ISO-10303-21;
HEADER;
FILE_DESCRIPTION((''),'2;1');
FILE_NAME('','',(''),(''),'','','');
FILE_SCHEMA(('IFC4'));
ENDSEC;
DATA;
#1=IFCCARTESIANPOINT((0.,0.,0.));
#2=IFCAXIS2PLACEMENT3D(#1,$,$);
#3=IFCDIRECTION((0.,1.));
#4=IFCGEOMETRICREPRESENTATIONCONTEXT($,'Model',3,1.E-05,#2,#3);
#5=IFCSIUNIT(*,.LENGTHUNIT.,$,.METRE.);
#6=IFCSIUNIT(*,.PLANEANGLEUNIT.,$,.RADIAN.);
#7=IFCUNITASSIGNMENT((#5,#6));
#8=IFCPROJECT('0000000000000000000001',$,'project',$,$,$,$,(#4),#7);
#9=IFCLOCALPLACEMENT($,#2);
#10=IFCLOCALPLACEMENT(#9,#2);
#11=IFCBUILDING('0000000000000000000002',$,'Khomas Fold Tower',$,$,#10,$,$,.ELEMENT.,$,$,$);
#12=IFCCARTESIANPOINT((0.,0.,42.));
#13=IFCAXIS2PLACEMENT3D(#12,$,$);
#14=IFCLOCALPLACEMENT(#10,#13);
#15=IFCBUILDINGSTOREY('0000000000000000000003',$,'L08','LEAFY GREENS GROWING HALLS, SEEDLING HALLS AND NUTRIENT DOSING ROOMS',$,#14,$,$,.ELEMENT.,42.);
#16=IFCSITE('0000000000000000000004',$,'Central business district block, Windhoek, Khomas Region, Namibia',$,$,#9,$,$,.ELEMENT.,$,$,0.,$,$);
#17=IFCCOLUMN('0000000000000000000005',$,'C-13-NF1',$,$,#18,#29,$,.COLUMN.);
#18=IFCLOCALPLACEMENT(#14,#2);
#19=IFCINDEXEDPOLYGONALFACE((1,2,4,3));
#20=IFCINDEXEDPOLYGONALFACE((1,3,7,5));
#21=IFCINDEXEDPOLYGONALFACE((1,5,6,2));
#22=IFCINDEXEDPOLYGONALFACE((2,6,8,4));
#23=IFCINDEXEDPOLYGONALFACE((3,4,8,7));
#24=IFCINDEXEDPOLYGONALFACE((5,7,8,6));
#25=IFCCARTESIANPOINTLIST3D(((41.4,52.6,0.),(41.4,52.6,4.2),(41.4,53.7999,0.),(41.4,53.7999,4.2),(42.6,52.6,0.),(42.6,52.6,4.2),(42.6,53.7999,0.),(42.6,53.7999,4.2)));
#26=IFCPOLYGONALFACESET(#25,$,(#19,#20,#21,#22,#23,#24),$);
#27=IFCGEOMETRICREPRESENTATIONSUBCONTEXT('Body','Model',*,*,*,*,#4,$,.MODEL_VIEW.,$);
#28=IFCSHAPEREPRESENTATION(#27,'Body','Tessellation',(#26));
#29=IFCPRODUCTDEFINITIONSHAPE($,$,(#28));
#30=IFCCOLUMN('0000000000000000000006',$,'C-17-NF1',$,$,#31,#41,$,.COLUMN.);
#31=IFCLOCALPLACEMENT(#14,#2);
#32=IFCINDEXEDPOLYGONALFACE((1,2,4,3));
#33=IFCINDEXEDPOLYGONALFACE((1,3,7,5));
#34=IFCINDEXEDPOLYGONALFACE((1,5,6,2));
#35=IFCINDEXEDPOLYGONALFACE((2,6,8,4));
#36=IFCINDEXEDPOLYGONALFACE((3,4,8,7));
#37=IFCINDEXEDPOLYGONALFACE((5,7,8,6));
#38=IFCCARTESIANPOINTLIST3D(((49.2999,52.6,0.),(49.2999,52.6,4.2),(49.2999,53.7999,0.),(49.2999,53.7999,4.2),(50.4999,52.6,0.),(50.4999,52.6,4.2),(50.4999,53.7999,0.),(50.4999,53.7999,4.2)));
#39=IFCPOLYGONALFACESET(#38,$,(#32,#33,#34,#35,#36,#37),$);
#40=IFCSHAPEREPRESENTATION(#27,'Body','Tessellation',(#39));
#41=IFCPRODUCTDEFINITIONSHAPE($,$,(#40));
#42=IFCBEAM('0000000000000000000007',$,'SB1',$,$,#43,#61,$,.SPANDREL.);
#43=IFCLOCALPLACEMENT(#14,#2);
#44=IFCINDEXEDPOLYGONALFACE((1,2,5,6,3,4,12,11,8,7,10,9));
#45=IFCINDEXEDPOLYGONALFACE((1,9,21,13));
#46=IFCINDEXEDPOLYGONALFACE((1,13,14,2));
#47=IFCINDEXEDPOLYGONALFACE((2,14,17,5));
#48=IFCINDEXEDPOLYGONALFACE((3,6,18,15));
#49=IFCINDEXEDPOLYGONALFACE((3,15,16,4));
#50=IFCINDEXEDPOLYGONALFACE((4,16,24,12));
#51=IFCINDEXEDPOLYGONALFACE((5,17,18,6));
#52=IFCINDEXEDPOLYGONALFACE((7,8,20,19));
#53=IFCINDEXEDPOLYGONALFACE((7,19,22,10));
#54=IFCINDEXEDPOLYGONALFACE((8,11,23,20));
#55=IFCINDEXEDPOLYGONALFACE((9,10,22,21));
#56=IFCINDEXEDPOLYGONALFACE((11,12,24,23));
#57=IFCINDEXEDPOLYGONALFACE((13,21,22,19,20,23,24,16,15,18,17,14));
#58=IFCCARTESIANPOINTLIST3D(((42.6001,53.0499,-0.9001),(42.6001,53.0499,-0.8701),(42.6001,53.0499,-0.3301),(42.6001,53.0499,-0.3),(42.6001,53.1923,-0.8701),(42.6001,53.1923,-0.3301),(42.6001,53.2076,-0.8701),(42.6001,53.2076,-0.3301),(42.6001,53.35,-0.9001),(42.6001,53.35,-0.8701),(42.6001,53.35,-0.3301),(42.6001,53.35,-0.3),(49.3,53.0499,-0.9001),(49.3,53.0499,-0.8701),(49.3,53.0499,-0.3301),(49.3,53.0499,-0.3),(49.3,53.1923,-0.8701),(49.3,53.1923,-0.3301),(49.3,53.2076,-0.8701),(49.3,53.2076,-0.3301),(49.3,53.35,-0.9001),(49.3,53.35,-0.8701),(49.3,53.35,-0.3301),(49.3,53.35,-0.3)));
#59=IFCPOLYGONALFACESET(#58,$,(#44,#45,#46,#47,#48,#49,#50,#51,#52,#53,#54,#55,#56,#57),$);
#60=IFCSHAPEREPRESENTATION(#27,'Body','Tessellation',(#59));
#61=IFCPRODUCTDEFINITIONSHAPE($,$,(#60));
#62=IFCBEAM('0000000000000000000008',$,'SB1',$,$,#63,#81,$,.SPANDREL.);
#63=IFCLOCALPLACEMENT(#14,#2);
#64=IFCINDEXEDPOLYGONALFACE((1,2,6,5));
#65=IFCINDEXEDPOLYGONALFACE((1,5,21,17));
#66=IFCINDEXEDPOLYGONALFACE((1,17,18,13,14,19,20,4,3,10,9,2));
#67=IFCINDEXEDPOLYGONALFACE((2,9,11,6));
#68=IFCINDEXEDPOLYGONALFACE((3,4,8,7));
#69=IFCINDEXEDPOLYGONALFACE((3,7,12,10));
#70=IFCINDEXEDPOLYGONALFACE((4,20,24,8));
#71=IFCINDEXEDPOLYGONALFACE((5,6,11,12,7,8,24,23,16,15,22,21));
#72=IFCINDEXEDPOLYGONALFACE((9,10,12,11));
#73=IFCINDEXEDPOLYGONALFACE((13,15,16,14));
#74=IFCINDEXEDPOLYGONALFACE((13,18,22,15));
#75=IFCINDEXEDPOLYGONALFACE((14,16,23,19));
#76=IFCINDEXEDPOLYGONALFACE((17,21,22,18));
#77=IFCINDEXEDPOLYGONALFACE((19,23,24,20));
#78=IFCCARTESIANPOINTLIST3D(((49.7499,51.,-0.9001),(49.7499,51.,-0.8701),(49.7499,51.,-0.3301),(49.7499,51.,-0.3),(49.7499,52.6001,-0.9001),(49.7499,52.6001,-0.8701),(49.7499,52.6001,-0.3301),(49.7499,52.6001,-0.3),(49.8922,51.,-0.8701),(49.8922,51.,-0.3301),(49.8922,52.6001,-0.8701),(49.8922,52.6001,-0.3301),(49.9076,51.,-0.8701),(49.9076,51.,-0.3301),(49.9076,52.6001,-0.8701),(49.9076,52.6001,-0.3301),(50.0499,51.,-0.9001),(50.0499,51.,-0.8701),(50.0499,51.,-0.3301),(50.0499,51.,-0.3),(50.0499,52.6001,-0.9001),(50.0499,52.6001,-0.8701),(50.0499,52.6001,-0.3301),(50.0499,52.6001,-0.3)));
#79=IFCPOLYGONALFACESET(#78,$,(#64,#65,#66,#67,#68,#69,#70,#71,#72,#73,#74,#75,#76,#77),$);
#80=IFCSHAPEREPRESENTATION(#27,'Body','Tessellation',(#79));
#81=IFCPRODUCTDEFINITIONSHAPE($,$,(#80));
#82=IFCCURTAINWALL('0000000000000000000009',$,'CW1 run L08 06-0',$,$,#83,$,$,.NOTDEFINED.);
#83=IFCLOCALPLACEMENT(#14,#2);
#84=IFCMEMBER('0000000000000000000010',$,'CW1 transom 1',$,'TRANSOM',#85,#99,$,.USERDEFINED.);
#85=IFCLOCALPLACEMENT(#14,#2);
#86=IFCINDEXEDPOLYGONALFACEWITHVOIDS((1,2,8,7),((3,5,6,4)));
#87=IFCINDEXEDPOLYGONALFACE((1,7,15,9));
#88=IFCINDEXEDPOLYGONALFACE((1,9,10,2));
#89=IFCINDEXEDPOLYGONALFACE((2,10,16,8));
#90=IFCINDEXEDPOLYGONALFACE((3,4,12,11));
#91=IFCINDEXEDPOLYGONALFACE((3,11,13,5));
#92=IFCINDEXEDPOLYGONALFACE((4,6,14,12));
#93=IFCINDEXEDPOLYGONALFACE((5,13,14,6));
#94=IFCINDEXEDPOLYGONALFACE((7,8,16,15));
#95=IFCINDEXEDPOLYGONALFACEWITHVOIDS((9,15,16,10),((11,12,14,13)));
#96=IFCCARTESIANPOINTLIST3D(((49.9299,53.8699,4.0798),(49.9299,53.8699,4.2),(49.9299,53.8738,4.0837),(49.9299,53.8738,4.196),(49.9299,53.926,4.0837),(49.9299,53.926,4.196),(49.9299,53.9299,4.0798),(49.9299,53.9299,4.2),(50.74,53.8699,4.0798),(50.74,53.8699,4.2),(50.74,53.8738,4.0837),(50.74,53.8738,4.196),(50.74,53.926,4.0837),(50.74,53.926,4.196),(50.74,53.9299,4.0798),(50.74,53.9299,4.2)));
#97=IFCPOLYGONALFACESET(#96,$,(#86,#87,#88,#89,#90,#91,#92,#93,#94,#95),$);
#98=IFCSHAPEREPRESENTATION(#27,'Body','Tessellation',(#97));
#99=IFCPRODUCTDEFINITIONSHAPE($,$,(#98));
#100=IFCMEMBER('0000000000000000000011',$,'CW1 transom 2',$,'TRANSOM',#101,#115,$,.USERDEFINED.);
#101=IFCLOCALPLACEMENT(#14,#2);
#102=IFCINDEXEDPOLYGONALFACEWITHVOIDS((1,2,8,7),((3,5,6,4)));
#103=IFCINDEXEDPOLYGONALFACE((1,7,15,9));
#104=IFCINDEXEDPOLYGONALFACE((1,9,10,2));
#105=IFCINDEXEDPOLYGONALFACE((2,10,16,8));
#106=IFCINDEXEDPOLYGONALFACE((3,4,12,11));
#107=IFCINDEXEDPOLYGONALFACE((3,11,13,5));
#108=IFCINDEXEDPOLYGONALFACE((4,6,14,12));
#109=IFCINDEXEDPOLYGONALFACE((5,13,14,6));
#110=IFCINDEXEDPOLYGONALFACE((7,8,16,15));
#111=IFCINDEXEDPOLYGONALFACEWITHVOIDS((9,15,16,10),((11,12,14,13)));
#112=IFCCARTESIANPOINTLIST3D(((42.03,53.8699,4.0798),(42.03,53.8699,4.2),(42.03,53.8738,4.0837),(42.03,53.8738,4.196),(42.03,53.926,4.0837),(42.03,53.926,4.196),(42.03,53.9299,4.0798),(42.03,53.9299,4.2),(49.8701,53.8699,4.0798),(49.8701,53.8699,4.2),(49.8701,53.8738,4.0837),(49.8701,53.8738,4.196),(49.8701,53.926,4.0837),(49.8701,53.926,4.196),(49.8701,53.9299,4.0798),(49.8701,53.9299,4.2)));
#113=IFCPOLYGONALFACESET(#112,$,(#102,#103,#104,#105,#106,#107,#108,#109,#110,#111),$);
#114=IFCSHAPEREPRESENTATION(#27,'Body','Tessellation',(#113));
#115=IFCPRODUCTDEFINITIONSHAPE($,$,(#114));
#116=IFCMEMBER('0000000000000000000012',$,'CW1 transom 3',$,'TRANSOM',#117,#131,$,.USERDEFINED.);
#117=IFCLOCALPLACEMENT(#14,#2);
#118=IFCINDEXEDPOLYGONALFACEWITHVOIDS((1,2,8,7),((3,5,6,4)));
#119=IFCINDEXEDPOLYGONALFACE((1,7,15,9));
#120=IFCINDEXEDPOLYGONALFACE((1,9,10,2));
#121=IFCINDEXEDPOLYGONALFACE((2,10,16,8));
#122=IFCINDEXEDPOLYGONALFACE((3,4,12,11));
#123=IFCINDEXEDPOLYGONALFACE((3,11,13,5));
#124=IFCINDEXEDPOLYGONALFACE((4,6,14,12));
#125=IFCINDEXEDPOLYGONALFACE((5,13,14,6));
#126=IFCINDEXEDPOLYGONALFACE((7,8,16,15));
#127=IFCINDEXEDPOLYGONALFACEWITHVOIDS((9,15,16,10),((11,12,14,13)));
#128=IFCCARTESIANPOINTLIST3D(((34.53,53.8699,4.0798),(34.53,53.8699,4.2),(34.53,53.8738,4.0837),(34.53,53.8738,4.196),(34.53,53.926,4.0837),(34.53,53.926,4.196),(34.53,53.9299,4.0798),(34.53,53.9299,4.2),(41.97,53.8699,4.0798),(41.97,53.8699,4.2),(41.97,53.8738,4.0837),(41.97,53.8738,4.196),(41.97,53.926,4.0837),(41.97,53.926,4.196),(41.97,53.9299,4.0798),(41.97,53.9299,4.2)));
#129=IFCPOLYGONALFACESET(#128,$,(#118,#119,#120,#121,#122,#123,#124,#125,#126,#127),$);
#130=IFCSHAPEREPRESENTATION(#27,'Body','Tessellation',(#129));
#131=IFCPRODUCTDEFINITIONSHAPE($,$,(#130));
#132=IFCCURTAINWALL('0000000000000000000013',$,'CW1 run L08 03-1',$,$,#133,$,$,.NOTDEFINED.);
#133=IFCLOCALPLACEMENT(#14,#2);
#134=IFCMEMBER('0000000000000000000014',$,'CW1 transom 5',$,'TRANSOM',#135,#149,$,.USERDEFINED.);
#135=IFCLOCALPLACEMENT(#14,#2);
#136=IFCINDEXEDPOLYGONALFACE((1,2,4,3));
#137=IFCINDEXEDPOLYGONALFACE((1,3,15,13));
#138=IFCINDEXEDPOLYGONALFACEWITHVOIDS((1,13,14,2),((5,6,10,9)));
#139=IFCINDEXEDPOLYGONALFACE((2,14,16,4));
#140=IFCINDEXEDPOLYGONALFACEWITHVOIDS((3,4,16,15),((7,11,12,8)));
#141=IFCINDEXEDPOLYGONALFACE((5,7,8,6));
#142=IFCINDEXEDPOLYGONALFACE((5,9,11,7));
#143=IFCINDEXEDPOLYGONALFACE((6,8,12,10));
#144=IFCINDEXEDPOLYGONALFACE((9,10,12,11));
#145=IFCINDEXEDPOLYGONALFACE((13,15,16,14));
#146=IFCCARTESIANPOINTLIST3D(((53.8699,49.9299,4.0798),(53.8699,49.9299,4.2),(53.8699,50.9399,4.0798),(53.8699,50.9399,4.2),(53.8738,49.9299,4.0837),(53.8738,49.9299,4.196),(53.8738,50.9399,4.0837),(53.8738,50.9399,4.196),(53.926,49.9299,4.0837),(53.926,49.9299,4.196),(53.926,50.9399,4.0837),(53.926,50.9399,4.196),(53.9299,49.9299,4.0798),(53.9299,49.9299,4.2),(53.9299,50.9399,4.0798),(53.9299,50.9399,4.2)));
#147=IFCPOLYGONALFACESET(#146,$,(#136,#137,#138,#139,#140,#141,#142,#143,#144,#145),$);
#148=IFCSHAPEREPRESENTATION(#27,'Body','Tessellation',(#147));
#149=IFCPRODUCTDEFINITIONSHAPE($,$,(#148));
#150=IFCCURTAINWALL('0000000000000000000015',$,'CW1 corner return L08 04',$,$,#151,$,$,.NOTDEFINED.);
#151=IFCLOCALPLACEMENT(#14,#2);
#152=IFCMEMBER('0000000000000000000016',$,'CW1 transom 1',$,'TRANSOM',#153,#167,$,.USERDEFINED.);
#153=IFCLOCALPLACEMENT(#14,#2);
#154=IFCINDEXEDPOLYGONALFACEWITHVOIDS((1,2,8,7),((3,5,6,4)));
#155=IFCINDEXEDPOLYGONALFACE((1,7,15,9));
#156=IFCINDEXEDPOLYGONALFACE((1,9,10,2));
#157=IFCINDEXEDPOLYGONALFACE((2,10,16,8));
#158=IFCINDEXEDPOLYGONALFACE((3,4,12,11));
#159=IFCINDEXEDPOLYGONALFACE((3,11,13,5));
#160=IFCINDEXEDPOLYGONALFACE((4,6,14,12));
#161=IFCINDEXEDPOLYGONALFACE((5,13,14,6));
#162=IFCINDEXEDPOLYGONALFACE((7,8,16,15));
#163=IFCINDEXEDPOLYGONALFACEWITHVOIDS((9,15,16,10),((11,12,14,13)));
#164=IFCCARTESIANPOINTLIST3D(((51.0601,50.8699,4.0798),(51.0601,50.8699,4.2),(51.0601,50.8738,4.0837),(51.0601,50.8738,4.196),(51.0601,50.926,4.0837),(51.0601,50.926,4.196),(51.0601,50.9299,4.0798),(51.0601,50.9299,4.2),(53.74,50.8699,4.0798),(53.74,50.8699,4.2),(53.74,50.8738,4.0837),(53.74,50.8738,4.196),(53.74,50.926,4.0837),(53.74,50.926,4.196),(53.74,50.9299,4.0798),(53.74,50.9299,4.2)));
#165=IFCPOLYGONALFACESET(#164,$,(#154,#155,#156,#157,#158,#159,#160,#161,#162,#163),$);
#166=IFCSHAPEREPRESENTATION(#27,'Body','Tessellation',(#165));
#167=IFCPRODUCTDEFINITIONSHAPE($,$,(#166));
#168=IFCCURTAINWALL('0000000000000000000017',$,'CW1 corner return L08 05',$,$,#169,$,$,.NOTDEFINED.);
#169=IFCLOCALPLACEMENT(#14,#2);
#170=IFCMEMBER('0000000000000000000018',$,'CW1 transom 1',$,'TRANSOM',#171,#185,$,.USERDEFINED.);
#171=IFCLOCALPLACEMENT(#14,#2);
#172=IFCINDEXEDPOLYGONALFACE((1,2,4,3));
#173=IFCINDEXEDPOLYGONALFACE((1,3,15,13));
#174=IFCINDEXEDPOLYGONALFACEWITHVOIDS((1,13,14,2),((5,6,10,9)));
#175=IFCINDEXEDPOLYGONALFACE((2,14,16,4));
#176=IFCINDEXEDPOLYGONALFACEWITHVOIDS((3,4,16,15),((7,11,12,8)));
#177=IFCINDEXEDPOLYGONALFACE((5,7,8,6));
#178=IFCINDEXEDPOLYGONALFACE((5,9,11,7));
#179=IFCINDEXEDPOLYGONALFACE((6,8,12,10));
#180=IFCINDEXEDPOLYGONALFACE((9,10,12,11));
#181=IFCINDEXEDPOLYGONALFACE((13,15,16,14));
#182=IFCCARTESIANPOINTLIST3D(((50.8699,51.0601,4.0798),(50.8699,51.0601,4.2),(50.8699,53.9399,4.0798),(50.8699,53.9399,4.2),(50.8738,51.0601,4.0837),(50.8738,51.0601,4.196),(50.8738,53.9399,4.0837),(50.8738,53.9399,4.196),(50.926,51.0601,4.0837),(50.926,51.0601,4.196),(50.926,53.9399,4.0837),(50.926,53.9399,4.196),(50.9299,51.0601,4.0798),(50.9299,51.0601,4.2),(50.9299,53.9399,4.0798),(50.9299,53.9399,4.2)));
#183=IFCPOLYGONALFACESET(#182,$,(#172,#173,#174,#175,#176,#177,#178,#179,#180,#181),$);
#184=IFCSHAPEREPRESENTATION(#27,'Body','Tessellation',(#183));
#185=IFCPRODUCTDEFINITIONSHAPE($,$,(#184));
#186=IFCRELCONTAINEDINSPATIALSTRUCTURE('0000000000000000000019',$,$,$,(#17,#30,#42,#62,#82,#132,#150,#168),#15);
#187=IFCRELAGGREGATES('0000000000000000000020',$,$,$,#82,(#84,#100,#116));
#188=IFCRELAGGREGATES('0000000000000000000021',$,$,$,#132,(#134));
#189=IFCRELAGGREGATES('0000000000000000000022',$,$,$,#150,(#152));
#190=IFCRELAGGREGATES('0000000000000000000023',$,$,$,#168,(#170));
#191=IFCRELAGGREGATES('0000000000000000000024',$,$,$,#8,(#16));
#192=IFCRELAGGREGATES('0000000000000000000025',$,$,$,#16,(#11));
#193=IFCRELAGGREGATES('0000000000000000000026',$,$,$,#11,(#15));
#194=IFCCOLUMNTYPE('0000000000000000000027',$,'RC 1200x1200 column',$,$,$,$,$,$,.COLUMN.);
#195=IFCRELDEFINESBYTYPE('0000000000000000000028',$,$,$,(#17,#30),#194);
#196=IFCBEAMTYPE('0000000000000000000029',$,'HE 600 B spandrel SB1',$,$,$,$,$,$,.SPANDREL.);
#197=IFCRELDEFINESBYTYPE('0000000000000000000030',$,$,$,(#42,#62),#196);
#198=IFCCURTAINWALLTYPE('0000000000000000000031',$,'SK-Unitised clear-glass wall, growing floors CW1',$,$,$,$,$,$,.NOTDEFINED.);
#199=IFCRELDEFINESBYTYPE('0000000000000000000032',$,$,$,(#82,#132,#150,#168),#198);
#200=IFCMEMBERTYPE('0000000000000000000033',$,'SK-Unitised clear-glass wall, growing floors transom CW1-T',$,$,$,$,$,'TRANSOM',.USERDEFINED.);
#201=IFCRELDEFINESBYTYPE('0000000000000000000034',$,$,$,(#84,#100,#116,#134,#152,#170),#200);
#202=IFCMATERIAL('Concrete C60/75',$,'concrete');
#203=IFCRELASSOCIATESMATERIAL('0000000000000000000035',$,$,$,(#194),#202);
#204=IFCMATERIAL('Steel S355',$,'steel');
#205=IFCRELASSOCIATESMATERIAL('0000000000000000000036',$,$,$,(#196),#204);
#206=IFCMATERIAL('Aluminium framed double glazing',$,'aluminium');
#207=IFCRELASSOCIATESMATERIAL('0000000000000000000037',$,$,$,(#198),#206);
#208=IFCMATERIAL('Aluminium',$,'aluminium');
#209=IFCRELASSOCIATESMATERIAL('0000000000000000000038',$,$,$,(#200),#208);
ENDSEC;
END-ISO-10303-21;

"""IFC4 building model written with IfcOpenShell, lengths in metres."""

from ifc_helpers import new_model, si_unit, direction, frame, origin, origin_2d, place, context, subcontext, project, spatial, rectangle, hollow_rectangle, i_section, extrude, source, transform, mapped, material, material_profile, profile_set, type_object, element, aggregate, save


model = new_model("IFC4")

# Units and contexts
model_context = context("Model", 3, precision=1e-05, world=origin(), true_north=direction((0.0, 1.0)))
body_context = subcontext(model_context, "Body", "Model", "MODEL_VIEW")
ifc_project = project(units=[si_unit("LENGTHUNIT", "METRE"), si_unit("PLANEANGLEUNIT", "RADIAN")], contexts=[model_context])

# Site, building, storey
site_placement = place(None, origin())
site = spatial("IfcSite", under=ifc_project, at=site_placement, Name="Central business district block, Windhoek, Khomas Region, Namibia", CompositionType="ELEMENT", RefElevation=0.0)
building_placement = place(site_placement, origin())
building = spatial("IfcBuilding", under=site, at=building_placement, Name="Khomas Fold Tower", CompositionType="ELEMENT")
storey_placement = place(building_placement, frame((0.0, 0.0, 42.0)))
storey = spatial("IfcBuildingStorey", under=building, at=storey_placement, Name="L08", Description="LEAFY GREENS GROWING HALLS, SEEDLING HALLS AND NUTRIENT DOSING ROOMS", CompositionType="ELEMENT", Elevation=42.0)

# Columns
ifc_material_1 = material(Name="Concrete C60/75", Category="concrete")
ifc_material_profile_1 = material_profile(ifc_material_1, rectangle(XDim=1.2, YDim=1.2, at=origin_2d()), Name="RC 1200x1200")
ifc_profile_set_1 = profile_set([ifc_material_profile_1], Name="Concrete C60/75")
column_type = type_object("IfcColumnType", Name="RC 1200x1200 column", PredefinedType="COLUMN", material=ifc_profile_set_1)
shared_shape_1 = source(origin(), body_context, "Body", "SweptSolid", [
    extrude(rectangle(XDim=1.2, YDim=1.2, at=origin_2d()), origin(), (0.0, 0.0, 1.0), 4.2),
])
for number, where, z_axis, x_axis, name in (
    (1, (42.0, 53.2, 0.0), (0.0, 0.0, 1.0), (1.0, 0.0, 0.0), "C-13-NF1"),
    (2, (49.8999, 53.2, 0.0), (0.0, 0.0, 1.0), (1.0, 0.0, 0.0), "C-17-NF1"),
):
    element("IfcColumn", number, at=place(storey_placement, frame(where, z_axis=z_axis, x_axis=x_axis)), inside=storey, type_object=column_type, Name=name, PredefinedType="COLUMN", context=body_context, shape_type="MappedRepresentation", body=[
        mapped(shared_shape_1, transform((0.0, 0.0, 0.0))),
    ])

# Beams
ifc_material_2 = material(Name="Steel S355", Category="steel")
ifc_material_profile_2 = material_profile(ifc_material_2, i_section(OverallWidth=0.3, OverallDepth=0.6001, WebThickness=0.0154, FlangeThickness=0.03, at=origin_2d()), Name="HE 600 B")
ifc_profile_set_2 = profile_set([ifc_material_profile_2], Name="Steel S355")
beam_type = type_object("IfcBeamType", Name="HE 600 B spandrel SB1", PredefinedType="SPANDREL", material=ifc_profile_set_2)
shared_shape_2 = source(origin(), body_context, "Body", "SweptSolid", [
    extrude(i_section(OverallWidth=0.3, OverallDepth=0.6001, WebThickness=0.0154, FlangeThickness=0.03, at=origin_2d()), origin(), (0.0, 0.0, 1.0), 6.7),
])
beam_1_placement = place(storey_placement, frame((42.6001, 53.2, -0.6001), z_axis=(1.0, 0.0, 0.0), x_axis=(0.0, 1.0, 0.0)))
element("IfcBeam", 3, at=beam_1_placement, inside=storey, type_object=beam_type, Name="SB1", PredefinedType="SPANDREL", context=body_context, shape_type="MappedRepresentation", body=[
    mapped(shared_shape_2, transform((0.0, 0.0, 0.0))),
])
shared_shape_3 = source(origin(), body_context, "Body", "SweptSolid", [
    extrude(i_section(OverallWidth=0.3, OverallDepth=0.6001, WebThickness=0.0154, FlangeThickness=0.03, at=origin_2d()), origin(), (0.0, 0.0, 1.0), 1.6001),
])
beam_2_placement = place(storey_placement, frame((49.8999, 51.0, -0.6001), z_axis=(0.0, 1.0, 0.0), x_axis=(-1.0, 0.0, 0.0)))
element("IfcBeam", 4, at=beam_2_placement, inside=storey, type_object=beam_type, Name="SB1", PredefinedType="SPANDREL", context=body_context, shape_type="MappedRepresentation", body=[
    mapped(shared_shape_3, transform((0.0, 0.0, 0.0))),
])

# Curtain wall, members
ifc_material_3 = material(Name="Aluminium framed double glazing", Category="aluminium")
curtain_wall_type = type_object("IfcCurtainWallType", Name="SK-Unitised clear-glass wall, growing floors CW1", PredefinedType="NOTDEFINED", material=ifc_material_3)
curtain_wall_1_placement = place(storey_placement, origin())
curtain_wall_1 = element("IfcCurtainWall", 5, at=curtain_wall_1_placement, inside=storey, type_object=curtain_wall_type, Name="CW1 run L08 06-0", PredefinedType="NOTDEFINED")
ifc_material_4 = material(Name="Aluminium", Category="aluminium")
ifc_material_profile_3 = material_profile(ifc_material_4, hollow_rectangle(XDim=0.0601, YDim=0.1201, WallThickness=0.0039, at=origin_2d()), Name="SK-Unitised clear-glass wall, growing floors transom CW1-T")
ifc_profile_set_3 = profile_set([ifc_material_profile_3], Name="Aluminium")
member_type_1 = type_object("IfcMemberType", Name="SK-Unitised clear-glass wall, growing floors transom CW1-T", ElementType="TRANSOM", PredefinedType="USERDEFINED", material=ifc_profile_set_3)
shared_shape_4 = source(origin(), body_context, "Body", "SweptSolid", [
    extrude(hollow_rectangle(XDim=0.0601, YDim=0.1201, WallThickness=0.0039, at=origin_2d()), origin(), (0.0, 0.0, 1.0), 0.8101),
])
member_1_placement = place(storey_placement, frame((50.74, 53.8999, 4.1399), z_axis=(-1.0, 0.0, 0.0), x_axis=(0.0, -1.0, 0.0)))
member_1 = element("IfcMember", 6, at=member_1_placement, type_object=member_type_1, Name="CW1 transom 1", ObjectType="TRANSOM", PredefinedType="USERDEFINED", context=body_context, shape_type="MappedRepresentation", body=[
    mapped(shared_shape_4, transform((0.0, 0.0, 0.0))),
])
shared_shape_5 = source(origin(), body_context, "Body", "SweptSolid", [
    extrude(hollow_rectangle(XDim=0.0601, YDim=0.1201, WallThickness=0.0039, at=origin_2d()), origin(), (0.0, 0.0, 1.0), 7.8401),
])
member_2_placement = place(storey_placement, frame((49.8701, 53.8999, 4.1399), z_axis=(-1.0, 0.0, 0.0), x_axis=(0.0, -1.0, 0.0)))
member_2 = element("IfcMember", 7, at=member_2_placement, type_object=member_type_1, Name="CW1 transom 2", ObjectType="TRANSOM", PredefinedType="USERDEFINED", context=body_context, shape_type="MappedRepresentation", body=[
    mapped(shared_shape_5, transform((0.0, 0.0, 0.0))),
])
shared_shape_6 = source(origin(), body_context, "Body", "SweptSolid", [
    extrude(hollow_rectangle(XDim=0.0601, YDim=0.1201, WallThickness=0.0039, at=origin_2d()), origin(), (0.0, 0.0, 1.0), 7.4399),
])
member_3_placement = place(storey_placement, frame((41.97, 53.8999, 4.1399), z_axis=(-1.0, 0.0, 0.0), x_axis=(0.0, -1.0, 0.0)))
member_3 = element("IfcMember", 8, at=member_3_placement, type_object=member_type_1, Name="CW1 transom 3", ObjectType="TRANSOM", PredefinedType="USERDEFINED", context=body_context, shape_type="MappedRepresentation", body=[
    mapped(shared_shape_6, transform((0.0, 0.0, 0.0))),
])

# Curtain walls, members
curtain_wall_2_placement = place(storey_placement, origin())
curtain_wall_2 = element("IfcCurtainWall", 9, at=curtain_wall_2_placement, inside=storey, type_object=curtain_wall_type, Name="CW1 run L08 03-1", PredefinedType="NOTDEFINED")
shared_shape_7 = source(origin(), body_context, "Body", "SweptSolid", [
    extrude(hollow_rectangle(XDim=0.0601, YDim=0.1201, WallThickness=0.0039, at=origin_2d()), origin(), (0.0, 0.0, 1.0), 1.01),
])
member_4_placement = place(storey_placement, frame((53.8999, 49.9299, 4.1399), z_axis=(0.0, 1.0, 0.0), x_axis=(-1.0, 0.0, 0.0)))
member_4 = element("IfcMember", 10, at=member_4_placement, type_object=member_type_1, Name="CW1 transom 5", ObjectType="TRANSOM", PredefinedType="USERDEFINED", context=body_context, shape_type="MappedRepresentation", body=[
    mapped(shared_shape_7, transform((0.0, 0.0, 0.0))),
])
curtain_wall_3_placement = place(storey_placement, origin())
curtain_wall_3 = element("IfcCurtainWall", 11, at=curtain_wall_3_placement, inside=storey, type_object=curtain_wall_type, Name="CW1 corner return L08 04", PredefinedType="NOTDEFINED")
shared_shape_8 = source(origin(), body_context, "Body", "SweptSolid", [
    extrude(hollow_rectangle(XDim=0.0601, YDim=0.1201, WallThickness=0.0039, at=origin_2d()), origin(), (0.0, 0.0, 1.0), 2.6799),
])
member_5_placement = place(storey_placement, frame((53.74, 50.8999, 4.1399), z_axis=(-1.0, 0.0, 0.0), x_axis=(0.0, -1.0, 0.0)))
member_5 = element("IfcMember", 12, at=member_5_placement, type_object=member_type_1, Name="CW1 transom 1", ObjectType="TRANSOM", PredefinedType="USERDEFINED", context=body_context, shape_type="MappedRepresentation", body=[
    mapped(shared_shape_8, transform((0.0, 0.0, 0.0))),
])
curtain_wall_4_placement = place(storey_placement, origin())
curtain_wall_4 = element("IfcCurtainWall", 13, at=curtain_wall_4_placement, inside=storey, type_object=curtain_wall_type, Name="CW1 corner return L08 05", PredefinedType="NOTDEFINED")
shared_shape_9 = source(origin(), body_context, "Body", "SweptSolid", [
    extrude(hollow_rectangle(XDim=0.0601, YDim=0.1201, WallThickness=0.0039, at=origin_2d()), origin(), (0.0, 0.0, 1.0), 2.8799),
])
member_6_placement = place(storey_placement, frame((50.8999, 51.0601, 4.1399), z_axis=(0.0, 1.0, 0.0), x_axis=(-1.0, 0.0, 0.0)))
member_6 = element("IfcMember", 14, at=member_6_placement, type_object=member_type_1, Name="CW1 transom 1", ObjectType="TRANSOM", PredefinedType="USERDEFINED", context=body_context, shape_type="MappedRepresentation", body=[
    mapped(shared_shape_9, transform((0.0, 0.0, 0.0))),
])

aggregate(curtain_wall_1, [member_1, member_2, member_3])
aggregate(curtain_wall_2, [member_4])
aggregate(curtain_wall_3, [member_5])
aggregate(curtain_wall_4, [member_6])

save(model, "model.ifc")
